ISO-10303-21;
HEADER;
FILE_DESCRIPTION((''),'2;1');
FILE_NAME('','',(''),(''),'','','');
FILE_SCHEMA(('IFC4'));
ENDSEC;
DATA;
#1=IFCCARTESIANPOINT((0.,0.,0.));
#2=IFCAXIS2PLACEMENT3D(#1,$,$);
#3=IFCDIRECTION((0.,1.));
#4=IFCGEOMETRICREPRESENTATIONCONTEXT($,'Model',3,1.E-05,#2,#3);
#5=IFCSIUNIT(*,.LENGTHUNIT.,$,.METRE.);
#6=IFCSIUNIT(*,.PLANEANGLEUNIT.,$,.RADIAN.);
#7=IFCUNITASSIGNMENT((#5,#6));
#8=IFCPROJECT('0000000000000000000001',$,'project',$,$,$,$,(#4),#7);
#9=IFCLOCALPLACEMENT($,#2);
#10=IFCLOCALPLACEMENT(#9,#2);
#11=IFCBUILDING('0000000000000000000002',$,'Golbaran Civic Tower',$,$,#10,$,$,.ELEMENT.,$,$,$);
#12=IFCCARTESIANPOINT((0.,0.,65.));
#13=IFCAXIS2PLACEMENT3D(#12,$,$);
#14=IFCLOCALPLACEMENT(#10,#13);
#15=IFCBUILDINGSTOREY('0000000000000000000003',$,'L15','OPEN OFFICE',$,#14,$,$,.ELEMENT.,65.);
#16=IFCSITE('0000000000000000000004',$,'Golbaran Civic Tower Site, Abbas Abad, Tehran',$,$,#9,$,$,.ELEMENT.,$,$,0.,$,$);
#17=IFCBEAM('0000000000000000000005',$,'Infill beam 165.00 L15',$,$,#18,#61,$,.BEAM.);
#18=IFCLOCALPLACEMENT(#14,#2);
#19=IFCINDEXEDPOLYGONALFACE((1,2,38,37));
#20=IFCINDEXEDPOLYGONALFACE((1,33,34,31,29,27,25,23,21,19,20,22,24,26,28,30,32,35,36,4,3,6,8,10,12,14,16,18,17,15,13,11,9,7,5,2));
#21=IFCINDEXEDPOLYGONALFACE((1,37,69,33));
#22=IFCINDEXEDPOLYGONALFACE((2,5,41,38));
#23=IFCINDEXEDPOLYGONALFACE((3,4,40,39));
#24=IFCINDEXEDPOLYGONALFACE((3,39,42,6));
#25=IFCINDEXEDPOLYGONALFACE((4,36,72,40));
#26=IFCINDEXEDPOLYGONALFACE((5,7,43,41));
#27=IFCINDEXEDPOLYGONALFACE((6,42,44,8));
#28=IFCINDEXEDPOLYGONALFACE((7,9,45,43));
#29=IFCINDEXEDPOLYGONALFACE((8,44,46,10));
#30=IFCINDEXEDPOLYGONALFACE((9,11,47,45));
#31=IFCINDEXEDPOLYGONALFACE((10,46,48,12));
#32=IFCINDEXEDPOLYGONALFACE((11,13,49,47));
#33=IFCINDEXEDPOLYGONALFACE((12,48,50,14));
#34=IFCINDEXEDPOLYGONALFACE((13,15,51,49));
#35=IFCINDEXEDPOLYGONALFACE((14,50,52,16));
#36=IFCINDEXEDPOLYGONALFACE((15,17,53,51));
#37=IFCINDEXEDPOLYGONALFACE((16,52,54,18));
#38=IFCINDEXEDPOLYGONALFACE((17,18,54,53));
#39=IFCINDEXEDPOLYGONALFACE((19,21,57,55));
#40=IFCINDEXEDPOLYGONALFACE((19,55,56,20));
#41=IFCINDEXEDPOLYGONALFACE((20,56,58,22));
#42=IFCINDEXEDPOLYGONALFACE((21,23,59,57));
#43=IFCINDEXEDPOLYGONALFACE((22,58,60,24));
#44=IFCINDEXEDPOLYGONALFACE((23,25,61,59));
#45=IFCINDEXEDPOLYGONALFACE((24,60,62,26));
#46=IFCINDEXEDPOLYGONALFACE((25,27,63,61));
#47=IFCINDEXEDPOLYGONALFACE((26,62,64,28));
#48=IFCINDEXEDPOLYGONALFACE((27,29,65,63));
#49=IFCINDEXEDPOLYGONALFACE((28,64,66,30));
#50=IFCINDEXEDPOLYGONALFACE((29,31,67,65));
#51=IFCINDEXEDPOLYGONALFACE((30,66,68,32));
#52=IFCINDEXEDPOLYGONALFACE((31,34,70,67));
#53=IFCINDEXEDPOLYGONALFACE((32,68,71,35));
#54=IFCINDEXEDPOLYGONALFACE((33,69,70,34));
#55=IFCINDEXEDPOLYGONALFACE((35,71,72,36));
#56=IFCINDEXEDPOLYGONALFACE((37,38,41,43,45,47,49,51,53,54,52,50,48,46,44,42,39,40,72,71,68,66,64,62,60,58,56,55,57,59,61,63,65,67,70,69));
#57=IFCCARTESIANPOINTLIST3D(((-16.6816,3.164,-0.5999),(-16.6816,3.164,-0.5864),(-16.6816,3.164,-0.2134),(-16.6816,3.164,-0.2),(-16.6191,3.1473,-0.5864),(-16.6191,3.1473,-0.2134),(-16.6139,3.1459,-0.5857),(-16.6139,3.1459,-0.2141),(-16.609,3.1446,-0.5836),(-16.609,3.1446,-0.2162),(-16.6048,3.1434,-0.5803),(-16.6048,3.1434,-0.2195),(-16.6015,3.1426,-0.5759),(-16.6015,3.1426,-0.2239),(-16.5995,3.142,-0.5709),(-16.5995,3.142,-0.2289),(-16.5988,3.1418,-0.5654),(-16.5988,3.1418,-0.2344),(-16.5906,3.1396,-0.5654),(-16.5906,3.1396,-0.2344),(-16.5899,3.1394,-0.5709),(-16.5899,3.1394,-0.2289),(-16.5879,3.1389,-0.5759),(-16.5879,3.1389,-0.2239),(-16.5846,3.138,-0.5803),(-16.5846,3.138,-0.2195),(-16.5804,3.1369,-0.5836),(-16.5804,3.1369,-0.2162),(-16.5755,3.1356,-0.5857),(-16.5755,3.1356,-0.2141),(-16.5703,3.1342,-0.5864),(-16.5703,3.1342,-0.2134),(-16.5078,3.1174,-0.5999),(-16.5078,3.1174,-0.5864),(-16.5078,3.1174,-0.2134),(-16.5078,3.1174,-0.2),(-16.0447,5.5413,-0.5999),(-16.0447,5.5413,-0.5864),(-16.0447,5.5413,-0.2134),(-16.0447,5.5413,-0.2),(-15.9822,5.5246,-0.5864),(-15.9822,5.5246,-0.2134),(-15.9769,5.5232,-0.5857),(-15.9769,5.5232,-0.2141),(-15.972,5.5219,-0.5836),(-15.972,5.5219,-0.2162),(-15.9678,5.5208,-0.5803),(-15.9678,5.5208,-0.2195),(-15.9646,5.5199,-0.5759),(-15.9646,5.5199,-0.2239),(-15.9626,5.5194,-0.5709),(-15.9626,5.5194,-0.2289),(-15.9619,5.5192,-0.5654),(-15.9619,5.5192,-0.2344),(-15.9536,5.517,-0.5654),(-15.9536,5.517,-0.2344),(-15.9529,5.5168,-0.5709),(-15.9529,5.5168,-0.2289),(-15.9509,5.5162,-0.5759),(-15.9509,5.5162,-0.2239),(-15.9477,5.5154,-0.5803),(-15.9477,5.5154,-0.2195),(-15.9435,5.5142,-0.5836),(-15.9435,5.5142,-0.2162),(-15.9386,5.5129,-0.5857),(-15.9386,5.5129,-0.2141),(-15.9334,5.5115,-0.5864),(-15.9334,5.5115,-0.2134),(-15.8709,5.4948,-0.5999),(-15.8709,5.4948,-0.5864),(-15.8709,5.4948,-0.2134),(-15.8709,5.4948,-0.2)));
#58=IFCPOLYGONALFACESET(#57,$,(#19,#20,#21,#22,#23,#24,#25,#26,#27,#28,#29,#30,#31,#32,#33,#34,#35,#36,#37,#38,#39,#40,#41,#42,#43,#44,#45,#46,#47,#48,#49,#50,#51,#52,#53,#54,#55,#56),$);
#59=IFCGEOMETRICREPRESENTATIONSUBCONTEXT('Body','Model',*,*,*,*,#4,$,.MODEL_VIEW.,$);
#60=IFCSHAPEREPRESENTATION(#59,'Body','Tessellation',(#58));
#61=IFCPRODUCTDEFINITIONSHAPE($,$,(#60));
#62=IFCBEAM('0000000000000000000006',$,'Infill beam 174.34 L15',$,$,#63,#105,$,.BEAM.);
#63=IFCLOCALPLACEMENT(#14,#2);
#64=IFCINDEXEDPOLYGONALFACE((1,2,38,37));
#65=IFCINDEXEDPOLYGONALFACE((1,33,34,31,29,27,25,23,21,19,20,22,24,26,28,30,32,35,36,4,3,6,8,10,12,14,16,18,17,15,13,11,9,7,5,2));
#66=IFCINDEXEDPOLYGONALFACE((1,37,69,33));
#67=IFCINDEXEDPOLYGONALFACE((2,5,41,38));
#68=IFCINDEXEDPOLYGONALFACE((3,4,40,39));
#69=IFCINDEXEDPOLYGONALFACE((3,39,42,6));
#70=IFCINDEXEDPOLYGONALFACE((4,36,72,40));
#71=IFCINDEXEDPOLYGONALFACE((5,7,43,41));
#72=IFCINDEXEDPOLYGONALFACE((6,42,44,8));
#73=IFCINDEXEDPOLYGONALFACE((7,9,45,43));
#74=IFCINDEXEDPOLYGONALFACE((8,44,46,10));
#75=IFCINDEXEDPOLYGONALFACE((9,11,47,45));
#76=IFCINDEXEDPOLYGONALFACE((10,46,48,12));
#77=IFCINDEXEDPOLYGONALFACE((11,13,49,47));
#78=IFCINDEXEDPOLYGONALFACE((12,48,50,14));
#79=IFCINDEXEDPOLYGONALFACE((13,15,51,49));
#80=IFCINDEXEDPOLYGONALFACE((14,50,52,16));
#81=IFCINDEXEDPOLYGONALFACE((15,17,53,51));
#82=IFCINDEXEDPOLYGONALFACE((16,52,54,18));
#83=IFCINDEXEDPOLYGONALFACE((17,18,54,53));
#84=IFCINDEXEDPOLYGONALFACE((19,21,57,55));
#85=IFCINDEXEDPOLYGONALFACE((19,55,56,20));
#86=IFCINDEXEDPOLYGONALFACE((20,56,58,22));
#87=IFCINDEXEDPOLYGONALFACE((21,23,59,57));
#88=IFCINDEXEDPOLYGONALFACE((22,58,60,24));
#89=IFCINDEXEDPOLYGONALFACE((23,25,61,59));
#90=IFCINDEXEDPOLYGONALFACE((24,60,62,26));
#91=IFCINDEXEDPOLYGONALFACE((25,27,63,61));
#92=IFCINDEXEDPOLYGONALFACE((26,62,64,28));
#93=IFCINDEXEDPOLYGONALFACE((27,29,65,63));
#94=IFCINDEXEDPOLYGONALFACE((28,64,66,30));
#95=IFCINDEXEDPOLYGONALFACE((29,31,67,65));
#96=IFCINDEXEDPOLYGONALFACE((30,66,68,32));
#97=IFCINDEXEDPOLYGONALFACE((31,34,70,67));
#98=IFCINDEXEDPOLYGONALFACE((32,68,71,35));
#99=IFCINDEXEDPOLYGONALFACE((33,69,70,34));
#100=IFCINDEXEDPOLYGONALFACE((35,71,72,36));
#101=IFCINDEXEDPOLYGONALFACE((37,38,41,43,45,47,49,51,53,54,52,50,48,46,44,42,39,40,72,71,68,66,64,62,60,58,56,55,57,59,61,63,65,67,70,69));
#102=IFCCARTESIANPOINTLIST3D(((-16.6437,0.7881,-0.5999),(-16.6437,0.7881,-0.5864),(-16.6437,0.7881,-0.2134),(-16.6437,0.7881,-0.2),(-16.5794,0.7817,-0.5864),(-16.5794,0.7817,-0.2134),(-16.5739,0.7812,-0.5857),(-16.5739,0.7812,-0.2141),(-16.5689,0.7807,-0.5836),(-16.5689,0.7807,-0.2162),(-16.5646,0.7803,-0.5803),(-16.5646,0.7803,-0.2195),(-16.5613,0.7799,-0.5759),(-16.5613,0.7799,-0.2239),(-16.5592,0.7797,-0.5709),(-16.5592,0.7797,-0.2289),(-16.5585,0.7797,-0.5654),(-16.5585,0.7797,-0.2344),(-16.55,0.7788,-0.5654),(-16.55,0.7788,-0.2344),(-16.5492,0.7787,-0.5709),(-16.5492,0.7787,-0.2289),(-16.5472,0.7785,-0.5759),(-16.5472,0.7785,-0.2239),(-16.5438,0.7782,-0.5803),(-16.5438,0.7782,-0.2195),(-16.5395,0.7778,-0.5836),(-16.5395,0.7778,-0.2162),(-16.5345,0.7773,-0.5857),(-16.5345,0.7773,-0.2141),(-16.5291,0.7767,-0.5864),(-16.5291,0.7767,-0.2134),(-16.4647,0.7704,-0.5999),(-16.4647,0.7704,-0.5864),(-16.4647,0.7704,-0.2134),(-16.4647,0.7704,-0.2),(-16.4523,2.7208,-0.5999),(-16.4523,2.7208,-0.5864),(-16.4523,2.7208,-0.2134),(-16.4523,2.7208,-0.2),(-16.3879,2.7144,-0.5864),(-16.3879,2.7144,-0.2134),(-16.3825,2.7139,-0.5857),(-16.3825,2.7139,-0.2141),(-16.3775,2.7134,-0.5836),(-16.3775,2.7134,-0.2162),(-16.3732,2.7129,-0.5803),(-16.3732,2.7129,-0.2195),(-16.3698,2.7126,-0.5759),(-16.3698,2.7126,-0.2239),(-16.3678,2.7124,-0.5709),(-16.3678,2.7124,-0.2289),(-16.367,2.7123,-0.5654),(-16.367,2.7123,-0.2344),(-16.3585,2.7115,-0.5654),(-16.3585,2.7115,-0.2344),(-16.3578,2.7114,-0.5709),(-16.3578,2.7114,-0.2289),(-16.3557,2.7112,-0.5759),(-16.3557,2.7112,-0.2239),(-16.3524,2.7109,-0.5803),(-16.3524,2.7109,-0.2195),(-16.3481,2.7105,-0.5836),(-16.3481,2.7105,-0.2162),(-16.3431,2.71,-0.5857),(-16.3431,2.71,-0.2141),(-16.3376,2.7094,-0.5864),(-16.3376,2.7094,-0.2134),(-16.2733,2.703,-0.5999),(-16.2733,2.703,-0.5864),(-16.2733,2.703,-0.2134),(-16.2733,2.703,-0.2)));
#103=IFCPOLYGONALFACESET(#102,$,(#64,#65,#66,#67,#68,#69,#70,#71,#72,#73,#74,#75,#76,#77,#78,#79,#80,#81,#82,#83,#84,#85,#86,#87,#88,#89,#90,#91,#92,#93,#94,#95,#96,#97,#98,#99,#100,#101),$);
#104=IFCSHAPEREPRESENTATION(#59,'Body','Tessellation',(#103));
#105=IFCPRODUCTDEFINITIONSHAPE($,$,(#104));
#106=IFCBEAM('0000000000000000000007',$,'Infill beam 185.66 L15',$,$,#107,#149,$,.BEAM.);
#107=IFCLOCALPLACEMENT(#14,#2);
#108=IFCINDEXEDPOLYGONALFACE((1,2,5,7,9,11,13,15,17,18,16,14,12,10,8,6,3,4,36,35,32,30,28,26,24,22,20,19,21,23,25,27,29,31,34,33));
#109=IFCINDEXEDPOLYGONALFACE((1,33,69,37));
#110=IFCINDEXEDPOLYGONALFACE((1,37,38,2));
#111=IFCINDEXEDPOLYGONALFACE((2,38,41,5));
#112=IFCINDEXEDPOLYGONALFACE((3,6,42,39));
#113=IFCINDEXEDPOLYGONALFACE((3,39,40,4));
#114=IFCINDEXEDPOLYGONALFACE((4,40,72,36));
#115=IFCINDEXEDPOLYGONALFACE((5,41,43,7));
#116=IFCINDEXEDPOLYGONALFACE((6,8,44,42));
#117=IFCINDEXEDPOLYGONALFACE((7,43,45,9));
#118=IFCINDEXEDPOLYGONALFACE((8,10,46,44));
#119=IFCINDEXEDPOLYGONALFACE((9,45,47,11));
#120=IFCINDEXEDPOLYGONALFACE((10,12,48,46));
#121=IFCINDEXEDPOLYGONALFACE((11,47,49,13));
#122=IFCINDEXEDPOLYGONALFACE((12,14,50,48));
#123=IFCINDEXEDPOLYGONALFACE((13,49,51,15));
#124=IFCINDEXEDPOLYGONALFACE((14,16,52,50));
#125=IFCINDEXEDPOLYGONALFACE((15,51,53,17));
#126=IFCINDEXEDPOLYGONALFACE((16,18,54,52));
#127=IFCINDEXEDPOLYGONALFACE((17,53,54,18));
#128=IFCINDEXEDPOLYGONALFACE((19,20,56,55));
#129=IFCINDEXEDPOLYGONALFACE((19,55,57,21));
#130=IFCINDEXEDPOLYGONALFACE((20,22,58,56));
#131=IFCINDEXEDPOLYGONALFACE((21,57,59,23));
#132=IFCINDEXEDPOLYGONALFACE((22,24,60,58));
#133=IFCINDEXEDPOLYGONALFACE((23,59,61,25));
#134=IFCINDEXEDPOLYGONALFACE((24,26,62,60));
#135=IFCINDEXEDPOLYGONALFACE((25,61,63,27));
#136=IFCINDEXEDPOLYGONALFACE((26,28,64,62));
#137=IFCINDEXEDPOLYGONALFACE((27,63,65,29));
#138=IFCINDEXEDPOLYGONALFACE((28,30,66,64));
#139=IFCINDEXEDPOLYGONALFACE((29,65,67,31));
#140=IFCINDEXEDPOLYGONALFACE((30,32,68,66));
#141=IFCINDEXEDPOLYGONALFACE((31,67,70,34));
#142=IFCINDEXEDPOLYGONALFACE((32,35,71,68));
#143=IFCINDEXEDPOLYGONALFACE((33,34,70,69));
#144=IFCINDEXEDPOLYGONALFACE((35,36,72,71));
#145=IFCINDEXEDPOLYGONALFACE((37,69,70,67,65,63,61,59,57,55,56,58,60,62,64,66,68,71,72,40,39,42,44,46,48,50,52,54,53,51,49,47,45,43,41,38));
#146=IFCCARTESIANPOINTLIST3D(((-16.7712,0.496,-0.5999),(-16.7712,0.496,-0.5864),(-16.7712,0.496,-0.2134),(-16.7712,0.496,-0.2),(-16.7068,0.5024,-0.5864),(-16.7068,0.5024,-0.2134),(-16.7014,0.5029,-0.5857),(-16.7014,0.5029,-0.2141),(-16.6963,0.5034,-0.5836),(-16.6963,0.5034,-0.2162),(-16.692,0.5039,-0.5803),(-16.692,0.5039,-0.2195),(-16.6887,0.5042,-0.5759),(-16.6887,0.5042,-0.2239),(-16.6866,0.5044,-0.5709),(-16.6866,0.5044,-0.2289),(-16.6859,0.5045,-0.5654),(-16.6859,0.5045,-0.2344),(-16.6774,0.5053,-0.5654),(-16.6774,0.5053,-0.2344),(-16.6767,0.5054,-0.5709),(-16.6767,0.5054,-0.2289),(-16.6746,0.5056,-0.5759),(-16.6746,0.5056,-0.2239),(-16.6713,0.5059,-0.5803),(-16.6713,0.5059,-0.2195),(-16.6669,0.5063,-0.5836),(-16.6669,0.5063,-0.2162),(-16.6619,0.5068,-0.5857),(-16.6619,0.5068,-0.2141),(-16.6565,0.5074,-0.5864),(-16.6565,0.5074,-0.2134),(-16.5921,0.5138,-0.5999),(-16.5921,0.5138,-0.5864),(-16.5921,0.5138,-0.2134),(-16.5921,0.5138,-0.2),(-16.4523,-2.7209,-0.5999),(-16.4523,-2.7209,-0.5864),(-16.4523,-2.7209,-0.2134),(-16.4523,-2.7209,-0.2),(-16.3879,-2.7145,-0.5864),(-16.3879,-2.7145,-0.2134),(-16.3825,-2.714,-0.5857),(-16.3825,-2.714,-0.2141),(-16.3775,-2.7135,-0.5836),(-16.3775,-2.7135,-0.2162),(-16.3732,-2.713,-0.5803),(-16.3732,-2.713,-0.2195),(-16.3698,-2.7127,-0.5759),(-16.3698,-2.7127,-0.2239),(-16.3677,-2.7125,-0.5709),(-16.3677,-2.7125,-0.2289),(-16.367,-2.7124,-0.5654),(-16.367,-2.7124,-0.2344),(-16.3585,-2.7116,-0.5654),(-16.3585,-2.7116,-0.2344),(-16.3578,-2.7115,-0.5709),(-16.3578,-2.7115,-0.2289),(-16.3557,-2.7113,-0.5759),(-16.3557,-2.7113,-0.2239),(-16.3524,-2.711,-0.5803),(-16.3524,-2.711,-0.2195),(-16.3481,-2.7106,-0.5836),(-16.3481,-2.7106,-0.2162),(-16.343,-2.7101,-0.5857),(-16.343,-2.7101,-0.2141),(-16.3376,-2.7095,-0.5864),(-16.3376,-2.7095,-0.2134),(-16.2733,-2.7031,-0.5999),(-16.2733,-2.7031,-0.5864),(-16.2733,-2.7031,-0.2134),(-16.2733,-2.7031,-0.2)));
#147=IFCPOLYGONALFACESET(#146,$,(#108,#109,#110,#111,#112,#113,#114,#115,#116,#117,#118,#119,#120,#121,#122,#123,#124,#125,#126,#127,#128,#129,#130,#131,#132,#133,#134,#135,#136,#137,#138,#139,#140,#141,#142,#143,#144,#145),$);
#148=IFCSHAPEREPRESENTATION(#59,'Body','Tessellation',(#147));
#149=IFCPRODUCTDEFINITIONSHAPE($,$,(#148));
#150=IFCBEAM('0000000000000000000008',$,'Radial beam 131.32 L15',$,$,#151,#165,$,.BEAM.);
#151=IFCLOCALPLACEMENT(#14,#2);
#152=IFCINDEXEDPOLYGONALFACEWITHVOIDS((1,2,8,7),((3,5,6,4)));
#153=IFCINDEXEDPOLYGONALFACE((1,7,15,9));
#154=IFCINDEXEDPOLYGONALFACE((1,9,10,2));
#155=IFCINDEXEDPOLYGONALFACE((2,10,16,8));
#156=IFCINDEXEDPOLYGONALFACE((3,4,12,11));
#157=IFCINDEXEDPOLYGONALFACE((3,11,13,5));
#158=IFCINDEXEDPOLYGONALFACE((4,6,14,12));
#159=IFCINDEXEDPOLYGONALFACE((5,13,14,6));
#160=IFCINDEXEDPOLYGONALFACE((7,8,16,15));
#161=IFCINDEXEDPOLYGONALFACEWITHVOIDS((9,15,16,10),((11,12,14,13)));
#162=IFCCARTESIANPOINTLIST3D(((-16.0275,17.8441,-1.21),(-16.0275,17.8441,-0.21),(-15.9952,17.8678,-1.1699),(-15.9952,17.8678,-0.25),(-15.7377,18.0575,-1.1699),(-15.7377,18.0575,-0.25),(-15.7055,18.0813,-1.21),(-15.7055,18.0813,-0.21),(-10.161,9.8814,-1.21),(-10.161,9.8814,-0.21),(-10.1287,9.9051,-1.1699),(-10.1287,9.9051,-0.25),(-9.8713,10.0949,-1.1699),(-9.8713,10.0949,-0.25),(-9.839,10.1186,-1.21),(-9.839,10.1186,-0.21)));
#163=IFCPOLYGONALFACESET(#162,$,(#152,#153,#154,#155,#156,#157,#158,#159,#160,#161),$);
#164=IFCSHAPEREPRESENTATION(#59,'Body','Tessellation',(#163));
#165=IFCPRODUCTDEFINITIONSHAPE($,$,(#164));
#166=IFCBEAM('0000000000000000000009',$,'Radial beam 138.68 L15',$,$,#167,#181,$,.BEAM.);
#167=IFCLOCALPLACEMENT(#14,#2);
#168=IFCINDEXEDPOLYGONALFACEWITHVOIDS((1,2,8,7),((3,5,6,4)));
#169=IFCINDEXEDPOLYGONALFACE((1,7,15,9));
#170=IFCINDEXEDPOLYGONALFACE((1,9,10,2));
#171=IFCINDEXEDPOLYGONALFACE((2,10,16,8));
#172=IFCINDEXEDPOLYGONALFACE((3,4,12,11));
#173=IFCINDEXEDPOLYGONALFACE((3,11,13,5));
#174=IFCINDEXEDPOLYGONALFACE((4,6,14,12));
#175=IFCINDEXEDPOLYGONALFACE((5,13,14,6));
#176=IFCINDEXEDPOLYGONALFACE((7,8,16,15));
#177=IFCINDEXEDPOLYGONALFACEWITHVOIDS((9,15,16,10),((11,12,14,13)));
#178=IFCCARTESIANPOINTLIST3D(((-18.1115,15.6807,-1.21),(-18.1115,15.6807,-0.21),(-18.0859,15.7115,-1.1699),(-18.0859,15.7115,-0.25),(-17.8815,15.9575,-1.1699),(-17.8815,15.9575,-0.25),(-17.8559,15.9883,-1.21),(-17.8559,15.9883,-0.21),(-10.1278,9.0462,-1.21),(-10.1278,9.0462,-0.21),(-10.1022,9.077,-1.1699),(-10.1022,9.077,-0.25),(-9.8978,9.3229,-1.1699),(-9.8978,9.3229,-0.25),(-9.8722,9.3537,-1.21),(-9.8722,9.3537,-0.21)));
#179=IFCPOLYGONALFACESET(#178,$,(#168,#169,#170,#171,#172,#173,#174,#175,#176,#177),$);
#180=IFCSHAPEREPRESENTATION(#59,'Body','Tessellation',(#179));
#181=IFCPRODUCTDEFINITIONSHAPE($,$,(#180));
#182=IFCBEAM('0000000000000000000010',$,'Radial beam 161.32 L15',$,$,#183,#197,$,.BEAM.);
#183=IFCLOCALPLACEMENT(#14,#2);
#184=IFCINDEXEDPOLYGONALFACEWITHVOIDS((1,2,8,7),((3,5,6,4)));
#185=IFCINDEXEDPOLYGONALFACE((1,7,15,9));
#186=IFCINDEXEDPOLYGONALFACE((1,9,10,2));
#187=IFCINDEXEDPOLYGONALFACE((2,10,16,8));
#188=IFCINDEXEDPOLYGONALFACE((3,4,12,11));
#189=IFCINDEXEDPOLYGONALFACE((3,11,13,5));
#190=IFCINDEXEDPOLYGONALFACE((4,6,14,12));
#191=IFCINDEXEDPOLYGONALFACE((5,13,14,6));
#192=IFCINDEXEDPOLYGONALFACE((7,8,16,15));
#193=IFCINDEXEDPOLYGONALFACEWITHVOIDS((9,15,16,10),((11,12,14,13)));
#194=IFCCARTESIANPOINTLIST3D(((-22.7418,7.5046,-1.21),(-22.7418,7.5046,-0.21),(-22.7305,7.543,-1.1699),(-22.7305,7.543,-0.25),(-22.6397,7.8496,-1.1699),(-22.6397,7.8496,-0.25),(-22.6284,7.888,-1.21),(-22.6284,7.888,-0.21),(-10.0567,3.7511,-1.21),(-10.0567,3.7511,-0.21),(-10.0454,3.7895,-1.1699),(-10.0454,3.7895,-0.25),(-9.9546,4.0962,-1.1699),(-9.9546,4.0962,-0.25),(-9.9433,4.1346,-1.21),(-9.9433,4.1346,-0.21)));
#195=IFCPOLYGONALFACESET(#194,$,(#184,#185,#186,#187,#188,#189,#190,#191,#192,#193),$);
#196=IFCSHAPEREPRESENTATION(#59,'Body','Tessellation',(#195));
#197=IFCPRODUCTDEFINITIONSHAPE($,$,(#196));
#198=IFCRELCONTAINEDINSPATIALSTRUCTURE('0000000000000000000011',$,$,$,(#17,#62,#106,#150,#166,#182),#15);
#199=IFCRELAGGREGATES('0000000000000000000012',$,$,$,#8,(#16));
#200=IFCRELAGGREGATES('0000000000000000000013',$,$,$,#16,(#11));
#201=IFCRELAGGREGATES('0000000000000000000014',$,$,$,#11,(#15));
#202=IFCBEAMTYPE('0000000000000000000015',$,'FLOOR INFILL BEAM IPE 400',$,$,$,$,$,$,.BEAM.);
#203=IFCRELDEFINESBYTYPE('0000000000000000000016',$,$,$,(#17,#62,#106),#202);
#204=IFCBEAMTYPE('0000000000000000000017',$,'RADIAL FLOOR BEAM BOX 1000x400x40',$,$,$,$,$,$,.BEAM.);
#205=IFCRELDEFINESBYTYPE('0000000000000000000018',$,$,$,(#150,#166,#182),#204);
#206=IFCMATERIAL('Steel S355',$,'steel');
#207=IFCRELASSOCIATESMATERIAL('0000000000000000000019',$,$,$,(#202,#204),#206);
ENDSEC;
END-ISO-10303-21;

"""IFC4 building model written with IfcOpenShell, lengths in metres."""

from ifc_helpers import new_model, si_unit, direction, frame, origin, origin_2d, place, context, subcontext, project, spatial, hollow_rectangle, i_section, extrude, material, material_profile, profile_set, type_object, element, save


model = new_model("IFC4")

# Units and contexts
model_context = context("Model", 3, precision=1e-05, world=origin(), true_north=direction((0.0, 1.0)))
body_context = subcontext(model_context, "Body", "Model", "MODEL_VIEW")
ifc_project = project(units=[si_unit("LENGTHUNIT", "METRE"), si_unit("PLANEANGLEUNIT", "RADIAN")], contexts=[model_context])

# Site, building, storey
site_placement = place(None, origin())
site = spatial("IfcSite", under=ifc_project, at=site_placement, Name="Golbaran Civic Tower Site, Abbas Abad, Tehran", CompositionType="ELEMENT", RefElevation=0.0)
building_placement = place(site_placement, origin())
building = spatial("IfcBuilding", under=site, at=building_placement, Name="Golbaran Civic Tower", CompositionType="ELEMENT")
storey_placement = place(building_placement, frame((0.0, 0.0, 65.0)))
storey = spatial("IfcBuildingStorey", under=building, at=storey_placement, Name="L15", Description="OPEN OFFICE", CompositionType="ELEMENT", Elevation=65.0)

# Beams
ifc_material_1 = material(Name="Steel S355", Category="steel")
ifc_material_profile_1 = material_profile(ifc_material_1, i_section(OverallWidth=0.1799, OverallDepth=0.3999, WebThickness=0.0085, FlangeThickness=0.0134, FilletRadius=0.021, at=origin_2d()), Name="IPE 400")
ifc_profile_set_1 = profile_set([ifc_material_profile_1], Name="Steel S355")
beam_type_1 = type_object("IfcBeamType", Name="FLOOR INFILL BEAM IPE 400", PredefinedType="BEAM", material=ifc_profile_set_1)
beam_1_placement = place(storey_placement, frame((-15.9578, 5.5181, -0.3999), z_axis=(-0.258792, -0.965933, 0.0), x_axis=(0.965933, -0.258792, 0.0)))
element("IfcBeam", 1, at=beam_1_placement, inside=storey, type_object=beam_type_1, Name="Infill beam 165.00 L15", PredefinedType="BEAM", context=body_context, shape_type="SweptSolid", body=[
    extrude(i_section(OverallWidth=0.1799, OverallDepth=0.3999, WebThickness=0.0085, FlangeThickness=0.0134, FilletRadius=0.021, at=origin_2d()), origin(), (0.0, 0.0, 1.0), 2.4612),
])
beam_2_placement = place(storey_placement, frame((-16.3628, 2.7119, -0.3999), z_axis=(-0.098558, -0.995131, 0.0), x_axis=(0.995131, -0.098558, 0.0)))
element("IfcBeam", 2, at=beam_2_placement, inside=storey, type_object=beam_type_1, Name="Infill beam 174.34 L15", PredefinedType="BEAM", context=body_context, shape_type="SweptSolid", body=[
    extrude(i_section(OverallWidth=0.1799, OverallDepth=0.3999, WebThickness=0.0085, FlangeThickness=0.0134, FilletRadius=0.021, at=origin_2d()), origin(), (0.0, 0.0, 1.0), 1.9421),
])
beam_3_placement = place(storey_placement, frame((-16.6816, 0.5049, -0.3999), z_axis=(0.098636, -0.995124, 0.0), x_axis=(0.995124, 0.098636, 0.0)))
element("IfcBeam", 3, at=beam_3_placement, inside=storey, type_object=beam_type_1, Name="Infill beam 185.66 L15", PredefinedType="BEAM", context=body_context, shape_type="SweptSolid", body=[
    extrude(i_section(OverallWidth=0.1799, OverallDepth=0.3999, WebThickness=0.0085, FlangeThickness=0.0134, FilletRadius=0.021, at=origin_2d()), origin(), (0.0, 0.0, 1.0), 3.2327),
])
ifc_material_profile_2 = material_profile(ifc_material_1, hollow_rectangle(XDim=0.3999, YDim=1.0, WallThickness=0.04, at=origin_2d()), Name="BOX 1000x400x40")
ifc_profile_set_2 = profile_set([ifc_material_profile_2], Name="Steel S355")
beam_type_2 = type_object("IfcBeamType", Name="RADIAL FLOOR BEAM BOX 1000x400x40", PredefinedType="BEAM", material=ifc_profile_set_2)
beam_4_placement = place(storey_placement, frame((-10.0, 10.0, -0.71), z_axis=(-0.593149, 0.805092, 0.0), x_axis=(-0.805092, -0.593149, 0.0)))
element("IfcBeam", 4, at=beam_4_placement, inside=storey, type_object=beam_type_2, Name="Radial beam 131.32 L15", PredefinedType="BEAM", context=body_context, shape_type="SweptSolid", body=[
    extrude(hollow_rectangle(XDim=0.3999, YDim=1.0, WallThickness=0.04, at=origin_2d()), origin(), (0.0, 0.0, 1.0), 9.8904),
])
beam_5_placement = place(storey_placement, frame((-10.0, 9.2, -0.71), z_axis=(-0.769098, 0.639131, 0.0), x_axis=(-0.639131, -0.769098, 0.0)))
element("IfcBeam", 5, at=beam_5_placement, inside=storey, type_object=beam_type_2, Name="Radial beam 138.68 L15", PredefinedType="BEAM", context=body_context, shape_type="SweptSolid", body=[
    extrude(hollow_rectangle(XDim=0.3999, YDim=1.0, WallThickness=0.04, at=origin_2d()), origin(), (0.0, 0.0, 1.0), 10.3806),
])
beam_6_placement = place(storey_placement, frame((-10.0, 3.9429, -0.71), z_axis=(-0.958903, 0.283733, 0.0), x_axis=(-0.283733, -0.958903, 0.0)))
element("IfcBeam", 6, at=beam_6_placement, inside=storey, type_object=beam_type_2, Name="Radial beam 161.32 L15", PredefinedType="BEAM", context=body_context, shape_type="SweptSolid", body=[
    extrude(hollow_rectangle(XDim=0.3999, YDim=1.0, WallThickness=0.04, at=origin_2d()), origin(), (0.0, 0.0, 1.0), 13.2288),
])

save(model, "model.ifc")
